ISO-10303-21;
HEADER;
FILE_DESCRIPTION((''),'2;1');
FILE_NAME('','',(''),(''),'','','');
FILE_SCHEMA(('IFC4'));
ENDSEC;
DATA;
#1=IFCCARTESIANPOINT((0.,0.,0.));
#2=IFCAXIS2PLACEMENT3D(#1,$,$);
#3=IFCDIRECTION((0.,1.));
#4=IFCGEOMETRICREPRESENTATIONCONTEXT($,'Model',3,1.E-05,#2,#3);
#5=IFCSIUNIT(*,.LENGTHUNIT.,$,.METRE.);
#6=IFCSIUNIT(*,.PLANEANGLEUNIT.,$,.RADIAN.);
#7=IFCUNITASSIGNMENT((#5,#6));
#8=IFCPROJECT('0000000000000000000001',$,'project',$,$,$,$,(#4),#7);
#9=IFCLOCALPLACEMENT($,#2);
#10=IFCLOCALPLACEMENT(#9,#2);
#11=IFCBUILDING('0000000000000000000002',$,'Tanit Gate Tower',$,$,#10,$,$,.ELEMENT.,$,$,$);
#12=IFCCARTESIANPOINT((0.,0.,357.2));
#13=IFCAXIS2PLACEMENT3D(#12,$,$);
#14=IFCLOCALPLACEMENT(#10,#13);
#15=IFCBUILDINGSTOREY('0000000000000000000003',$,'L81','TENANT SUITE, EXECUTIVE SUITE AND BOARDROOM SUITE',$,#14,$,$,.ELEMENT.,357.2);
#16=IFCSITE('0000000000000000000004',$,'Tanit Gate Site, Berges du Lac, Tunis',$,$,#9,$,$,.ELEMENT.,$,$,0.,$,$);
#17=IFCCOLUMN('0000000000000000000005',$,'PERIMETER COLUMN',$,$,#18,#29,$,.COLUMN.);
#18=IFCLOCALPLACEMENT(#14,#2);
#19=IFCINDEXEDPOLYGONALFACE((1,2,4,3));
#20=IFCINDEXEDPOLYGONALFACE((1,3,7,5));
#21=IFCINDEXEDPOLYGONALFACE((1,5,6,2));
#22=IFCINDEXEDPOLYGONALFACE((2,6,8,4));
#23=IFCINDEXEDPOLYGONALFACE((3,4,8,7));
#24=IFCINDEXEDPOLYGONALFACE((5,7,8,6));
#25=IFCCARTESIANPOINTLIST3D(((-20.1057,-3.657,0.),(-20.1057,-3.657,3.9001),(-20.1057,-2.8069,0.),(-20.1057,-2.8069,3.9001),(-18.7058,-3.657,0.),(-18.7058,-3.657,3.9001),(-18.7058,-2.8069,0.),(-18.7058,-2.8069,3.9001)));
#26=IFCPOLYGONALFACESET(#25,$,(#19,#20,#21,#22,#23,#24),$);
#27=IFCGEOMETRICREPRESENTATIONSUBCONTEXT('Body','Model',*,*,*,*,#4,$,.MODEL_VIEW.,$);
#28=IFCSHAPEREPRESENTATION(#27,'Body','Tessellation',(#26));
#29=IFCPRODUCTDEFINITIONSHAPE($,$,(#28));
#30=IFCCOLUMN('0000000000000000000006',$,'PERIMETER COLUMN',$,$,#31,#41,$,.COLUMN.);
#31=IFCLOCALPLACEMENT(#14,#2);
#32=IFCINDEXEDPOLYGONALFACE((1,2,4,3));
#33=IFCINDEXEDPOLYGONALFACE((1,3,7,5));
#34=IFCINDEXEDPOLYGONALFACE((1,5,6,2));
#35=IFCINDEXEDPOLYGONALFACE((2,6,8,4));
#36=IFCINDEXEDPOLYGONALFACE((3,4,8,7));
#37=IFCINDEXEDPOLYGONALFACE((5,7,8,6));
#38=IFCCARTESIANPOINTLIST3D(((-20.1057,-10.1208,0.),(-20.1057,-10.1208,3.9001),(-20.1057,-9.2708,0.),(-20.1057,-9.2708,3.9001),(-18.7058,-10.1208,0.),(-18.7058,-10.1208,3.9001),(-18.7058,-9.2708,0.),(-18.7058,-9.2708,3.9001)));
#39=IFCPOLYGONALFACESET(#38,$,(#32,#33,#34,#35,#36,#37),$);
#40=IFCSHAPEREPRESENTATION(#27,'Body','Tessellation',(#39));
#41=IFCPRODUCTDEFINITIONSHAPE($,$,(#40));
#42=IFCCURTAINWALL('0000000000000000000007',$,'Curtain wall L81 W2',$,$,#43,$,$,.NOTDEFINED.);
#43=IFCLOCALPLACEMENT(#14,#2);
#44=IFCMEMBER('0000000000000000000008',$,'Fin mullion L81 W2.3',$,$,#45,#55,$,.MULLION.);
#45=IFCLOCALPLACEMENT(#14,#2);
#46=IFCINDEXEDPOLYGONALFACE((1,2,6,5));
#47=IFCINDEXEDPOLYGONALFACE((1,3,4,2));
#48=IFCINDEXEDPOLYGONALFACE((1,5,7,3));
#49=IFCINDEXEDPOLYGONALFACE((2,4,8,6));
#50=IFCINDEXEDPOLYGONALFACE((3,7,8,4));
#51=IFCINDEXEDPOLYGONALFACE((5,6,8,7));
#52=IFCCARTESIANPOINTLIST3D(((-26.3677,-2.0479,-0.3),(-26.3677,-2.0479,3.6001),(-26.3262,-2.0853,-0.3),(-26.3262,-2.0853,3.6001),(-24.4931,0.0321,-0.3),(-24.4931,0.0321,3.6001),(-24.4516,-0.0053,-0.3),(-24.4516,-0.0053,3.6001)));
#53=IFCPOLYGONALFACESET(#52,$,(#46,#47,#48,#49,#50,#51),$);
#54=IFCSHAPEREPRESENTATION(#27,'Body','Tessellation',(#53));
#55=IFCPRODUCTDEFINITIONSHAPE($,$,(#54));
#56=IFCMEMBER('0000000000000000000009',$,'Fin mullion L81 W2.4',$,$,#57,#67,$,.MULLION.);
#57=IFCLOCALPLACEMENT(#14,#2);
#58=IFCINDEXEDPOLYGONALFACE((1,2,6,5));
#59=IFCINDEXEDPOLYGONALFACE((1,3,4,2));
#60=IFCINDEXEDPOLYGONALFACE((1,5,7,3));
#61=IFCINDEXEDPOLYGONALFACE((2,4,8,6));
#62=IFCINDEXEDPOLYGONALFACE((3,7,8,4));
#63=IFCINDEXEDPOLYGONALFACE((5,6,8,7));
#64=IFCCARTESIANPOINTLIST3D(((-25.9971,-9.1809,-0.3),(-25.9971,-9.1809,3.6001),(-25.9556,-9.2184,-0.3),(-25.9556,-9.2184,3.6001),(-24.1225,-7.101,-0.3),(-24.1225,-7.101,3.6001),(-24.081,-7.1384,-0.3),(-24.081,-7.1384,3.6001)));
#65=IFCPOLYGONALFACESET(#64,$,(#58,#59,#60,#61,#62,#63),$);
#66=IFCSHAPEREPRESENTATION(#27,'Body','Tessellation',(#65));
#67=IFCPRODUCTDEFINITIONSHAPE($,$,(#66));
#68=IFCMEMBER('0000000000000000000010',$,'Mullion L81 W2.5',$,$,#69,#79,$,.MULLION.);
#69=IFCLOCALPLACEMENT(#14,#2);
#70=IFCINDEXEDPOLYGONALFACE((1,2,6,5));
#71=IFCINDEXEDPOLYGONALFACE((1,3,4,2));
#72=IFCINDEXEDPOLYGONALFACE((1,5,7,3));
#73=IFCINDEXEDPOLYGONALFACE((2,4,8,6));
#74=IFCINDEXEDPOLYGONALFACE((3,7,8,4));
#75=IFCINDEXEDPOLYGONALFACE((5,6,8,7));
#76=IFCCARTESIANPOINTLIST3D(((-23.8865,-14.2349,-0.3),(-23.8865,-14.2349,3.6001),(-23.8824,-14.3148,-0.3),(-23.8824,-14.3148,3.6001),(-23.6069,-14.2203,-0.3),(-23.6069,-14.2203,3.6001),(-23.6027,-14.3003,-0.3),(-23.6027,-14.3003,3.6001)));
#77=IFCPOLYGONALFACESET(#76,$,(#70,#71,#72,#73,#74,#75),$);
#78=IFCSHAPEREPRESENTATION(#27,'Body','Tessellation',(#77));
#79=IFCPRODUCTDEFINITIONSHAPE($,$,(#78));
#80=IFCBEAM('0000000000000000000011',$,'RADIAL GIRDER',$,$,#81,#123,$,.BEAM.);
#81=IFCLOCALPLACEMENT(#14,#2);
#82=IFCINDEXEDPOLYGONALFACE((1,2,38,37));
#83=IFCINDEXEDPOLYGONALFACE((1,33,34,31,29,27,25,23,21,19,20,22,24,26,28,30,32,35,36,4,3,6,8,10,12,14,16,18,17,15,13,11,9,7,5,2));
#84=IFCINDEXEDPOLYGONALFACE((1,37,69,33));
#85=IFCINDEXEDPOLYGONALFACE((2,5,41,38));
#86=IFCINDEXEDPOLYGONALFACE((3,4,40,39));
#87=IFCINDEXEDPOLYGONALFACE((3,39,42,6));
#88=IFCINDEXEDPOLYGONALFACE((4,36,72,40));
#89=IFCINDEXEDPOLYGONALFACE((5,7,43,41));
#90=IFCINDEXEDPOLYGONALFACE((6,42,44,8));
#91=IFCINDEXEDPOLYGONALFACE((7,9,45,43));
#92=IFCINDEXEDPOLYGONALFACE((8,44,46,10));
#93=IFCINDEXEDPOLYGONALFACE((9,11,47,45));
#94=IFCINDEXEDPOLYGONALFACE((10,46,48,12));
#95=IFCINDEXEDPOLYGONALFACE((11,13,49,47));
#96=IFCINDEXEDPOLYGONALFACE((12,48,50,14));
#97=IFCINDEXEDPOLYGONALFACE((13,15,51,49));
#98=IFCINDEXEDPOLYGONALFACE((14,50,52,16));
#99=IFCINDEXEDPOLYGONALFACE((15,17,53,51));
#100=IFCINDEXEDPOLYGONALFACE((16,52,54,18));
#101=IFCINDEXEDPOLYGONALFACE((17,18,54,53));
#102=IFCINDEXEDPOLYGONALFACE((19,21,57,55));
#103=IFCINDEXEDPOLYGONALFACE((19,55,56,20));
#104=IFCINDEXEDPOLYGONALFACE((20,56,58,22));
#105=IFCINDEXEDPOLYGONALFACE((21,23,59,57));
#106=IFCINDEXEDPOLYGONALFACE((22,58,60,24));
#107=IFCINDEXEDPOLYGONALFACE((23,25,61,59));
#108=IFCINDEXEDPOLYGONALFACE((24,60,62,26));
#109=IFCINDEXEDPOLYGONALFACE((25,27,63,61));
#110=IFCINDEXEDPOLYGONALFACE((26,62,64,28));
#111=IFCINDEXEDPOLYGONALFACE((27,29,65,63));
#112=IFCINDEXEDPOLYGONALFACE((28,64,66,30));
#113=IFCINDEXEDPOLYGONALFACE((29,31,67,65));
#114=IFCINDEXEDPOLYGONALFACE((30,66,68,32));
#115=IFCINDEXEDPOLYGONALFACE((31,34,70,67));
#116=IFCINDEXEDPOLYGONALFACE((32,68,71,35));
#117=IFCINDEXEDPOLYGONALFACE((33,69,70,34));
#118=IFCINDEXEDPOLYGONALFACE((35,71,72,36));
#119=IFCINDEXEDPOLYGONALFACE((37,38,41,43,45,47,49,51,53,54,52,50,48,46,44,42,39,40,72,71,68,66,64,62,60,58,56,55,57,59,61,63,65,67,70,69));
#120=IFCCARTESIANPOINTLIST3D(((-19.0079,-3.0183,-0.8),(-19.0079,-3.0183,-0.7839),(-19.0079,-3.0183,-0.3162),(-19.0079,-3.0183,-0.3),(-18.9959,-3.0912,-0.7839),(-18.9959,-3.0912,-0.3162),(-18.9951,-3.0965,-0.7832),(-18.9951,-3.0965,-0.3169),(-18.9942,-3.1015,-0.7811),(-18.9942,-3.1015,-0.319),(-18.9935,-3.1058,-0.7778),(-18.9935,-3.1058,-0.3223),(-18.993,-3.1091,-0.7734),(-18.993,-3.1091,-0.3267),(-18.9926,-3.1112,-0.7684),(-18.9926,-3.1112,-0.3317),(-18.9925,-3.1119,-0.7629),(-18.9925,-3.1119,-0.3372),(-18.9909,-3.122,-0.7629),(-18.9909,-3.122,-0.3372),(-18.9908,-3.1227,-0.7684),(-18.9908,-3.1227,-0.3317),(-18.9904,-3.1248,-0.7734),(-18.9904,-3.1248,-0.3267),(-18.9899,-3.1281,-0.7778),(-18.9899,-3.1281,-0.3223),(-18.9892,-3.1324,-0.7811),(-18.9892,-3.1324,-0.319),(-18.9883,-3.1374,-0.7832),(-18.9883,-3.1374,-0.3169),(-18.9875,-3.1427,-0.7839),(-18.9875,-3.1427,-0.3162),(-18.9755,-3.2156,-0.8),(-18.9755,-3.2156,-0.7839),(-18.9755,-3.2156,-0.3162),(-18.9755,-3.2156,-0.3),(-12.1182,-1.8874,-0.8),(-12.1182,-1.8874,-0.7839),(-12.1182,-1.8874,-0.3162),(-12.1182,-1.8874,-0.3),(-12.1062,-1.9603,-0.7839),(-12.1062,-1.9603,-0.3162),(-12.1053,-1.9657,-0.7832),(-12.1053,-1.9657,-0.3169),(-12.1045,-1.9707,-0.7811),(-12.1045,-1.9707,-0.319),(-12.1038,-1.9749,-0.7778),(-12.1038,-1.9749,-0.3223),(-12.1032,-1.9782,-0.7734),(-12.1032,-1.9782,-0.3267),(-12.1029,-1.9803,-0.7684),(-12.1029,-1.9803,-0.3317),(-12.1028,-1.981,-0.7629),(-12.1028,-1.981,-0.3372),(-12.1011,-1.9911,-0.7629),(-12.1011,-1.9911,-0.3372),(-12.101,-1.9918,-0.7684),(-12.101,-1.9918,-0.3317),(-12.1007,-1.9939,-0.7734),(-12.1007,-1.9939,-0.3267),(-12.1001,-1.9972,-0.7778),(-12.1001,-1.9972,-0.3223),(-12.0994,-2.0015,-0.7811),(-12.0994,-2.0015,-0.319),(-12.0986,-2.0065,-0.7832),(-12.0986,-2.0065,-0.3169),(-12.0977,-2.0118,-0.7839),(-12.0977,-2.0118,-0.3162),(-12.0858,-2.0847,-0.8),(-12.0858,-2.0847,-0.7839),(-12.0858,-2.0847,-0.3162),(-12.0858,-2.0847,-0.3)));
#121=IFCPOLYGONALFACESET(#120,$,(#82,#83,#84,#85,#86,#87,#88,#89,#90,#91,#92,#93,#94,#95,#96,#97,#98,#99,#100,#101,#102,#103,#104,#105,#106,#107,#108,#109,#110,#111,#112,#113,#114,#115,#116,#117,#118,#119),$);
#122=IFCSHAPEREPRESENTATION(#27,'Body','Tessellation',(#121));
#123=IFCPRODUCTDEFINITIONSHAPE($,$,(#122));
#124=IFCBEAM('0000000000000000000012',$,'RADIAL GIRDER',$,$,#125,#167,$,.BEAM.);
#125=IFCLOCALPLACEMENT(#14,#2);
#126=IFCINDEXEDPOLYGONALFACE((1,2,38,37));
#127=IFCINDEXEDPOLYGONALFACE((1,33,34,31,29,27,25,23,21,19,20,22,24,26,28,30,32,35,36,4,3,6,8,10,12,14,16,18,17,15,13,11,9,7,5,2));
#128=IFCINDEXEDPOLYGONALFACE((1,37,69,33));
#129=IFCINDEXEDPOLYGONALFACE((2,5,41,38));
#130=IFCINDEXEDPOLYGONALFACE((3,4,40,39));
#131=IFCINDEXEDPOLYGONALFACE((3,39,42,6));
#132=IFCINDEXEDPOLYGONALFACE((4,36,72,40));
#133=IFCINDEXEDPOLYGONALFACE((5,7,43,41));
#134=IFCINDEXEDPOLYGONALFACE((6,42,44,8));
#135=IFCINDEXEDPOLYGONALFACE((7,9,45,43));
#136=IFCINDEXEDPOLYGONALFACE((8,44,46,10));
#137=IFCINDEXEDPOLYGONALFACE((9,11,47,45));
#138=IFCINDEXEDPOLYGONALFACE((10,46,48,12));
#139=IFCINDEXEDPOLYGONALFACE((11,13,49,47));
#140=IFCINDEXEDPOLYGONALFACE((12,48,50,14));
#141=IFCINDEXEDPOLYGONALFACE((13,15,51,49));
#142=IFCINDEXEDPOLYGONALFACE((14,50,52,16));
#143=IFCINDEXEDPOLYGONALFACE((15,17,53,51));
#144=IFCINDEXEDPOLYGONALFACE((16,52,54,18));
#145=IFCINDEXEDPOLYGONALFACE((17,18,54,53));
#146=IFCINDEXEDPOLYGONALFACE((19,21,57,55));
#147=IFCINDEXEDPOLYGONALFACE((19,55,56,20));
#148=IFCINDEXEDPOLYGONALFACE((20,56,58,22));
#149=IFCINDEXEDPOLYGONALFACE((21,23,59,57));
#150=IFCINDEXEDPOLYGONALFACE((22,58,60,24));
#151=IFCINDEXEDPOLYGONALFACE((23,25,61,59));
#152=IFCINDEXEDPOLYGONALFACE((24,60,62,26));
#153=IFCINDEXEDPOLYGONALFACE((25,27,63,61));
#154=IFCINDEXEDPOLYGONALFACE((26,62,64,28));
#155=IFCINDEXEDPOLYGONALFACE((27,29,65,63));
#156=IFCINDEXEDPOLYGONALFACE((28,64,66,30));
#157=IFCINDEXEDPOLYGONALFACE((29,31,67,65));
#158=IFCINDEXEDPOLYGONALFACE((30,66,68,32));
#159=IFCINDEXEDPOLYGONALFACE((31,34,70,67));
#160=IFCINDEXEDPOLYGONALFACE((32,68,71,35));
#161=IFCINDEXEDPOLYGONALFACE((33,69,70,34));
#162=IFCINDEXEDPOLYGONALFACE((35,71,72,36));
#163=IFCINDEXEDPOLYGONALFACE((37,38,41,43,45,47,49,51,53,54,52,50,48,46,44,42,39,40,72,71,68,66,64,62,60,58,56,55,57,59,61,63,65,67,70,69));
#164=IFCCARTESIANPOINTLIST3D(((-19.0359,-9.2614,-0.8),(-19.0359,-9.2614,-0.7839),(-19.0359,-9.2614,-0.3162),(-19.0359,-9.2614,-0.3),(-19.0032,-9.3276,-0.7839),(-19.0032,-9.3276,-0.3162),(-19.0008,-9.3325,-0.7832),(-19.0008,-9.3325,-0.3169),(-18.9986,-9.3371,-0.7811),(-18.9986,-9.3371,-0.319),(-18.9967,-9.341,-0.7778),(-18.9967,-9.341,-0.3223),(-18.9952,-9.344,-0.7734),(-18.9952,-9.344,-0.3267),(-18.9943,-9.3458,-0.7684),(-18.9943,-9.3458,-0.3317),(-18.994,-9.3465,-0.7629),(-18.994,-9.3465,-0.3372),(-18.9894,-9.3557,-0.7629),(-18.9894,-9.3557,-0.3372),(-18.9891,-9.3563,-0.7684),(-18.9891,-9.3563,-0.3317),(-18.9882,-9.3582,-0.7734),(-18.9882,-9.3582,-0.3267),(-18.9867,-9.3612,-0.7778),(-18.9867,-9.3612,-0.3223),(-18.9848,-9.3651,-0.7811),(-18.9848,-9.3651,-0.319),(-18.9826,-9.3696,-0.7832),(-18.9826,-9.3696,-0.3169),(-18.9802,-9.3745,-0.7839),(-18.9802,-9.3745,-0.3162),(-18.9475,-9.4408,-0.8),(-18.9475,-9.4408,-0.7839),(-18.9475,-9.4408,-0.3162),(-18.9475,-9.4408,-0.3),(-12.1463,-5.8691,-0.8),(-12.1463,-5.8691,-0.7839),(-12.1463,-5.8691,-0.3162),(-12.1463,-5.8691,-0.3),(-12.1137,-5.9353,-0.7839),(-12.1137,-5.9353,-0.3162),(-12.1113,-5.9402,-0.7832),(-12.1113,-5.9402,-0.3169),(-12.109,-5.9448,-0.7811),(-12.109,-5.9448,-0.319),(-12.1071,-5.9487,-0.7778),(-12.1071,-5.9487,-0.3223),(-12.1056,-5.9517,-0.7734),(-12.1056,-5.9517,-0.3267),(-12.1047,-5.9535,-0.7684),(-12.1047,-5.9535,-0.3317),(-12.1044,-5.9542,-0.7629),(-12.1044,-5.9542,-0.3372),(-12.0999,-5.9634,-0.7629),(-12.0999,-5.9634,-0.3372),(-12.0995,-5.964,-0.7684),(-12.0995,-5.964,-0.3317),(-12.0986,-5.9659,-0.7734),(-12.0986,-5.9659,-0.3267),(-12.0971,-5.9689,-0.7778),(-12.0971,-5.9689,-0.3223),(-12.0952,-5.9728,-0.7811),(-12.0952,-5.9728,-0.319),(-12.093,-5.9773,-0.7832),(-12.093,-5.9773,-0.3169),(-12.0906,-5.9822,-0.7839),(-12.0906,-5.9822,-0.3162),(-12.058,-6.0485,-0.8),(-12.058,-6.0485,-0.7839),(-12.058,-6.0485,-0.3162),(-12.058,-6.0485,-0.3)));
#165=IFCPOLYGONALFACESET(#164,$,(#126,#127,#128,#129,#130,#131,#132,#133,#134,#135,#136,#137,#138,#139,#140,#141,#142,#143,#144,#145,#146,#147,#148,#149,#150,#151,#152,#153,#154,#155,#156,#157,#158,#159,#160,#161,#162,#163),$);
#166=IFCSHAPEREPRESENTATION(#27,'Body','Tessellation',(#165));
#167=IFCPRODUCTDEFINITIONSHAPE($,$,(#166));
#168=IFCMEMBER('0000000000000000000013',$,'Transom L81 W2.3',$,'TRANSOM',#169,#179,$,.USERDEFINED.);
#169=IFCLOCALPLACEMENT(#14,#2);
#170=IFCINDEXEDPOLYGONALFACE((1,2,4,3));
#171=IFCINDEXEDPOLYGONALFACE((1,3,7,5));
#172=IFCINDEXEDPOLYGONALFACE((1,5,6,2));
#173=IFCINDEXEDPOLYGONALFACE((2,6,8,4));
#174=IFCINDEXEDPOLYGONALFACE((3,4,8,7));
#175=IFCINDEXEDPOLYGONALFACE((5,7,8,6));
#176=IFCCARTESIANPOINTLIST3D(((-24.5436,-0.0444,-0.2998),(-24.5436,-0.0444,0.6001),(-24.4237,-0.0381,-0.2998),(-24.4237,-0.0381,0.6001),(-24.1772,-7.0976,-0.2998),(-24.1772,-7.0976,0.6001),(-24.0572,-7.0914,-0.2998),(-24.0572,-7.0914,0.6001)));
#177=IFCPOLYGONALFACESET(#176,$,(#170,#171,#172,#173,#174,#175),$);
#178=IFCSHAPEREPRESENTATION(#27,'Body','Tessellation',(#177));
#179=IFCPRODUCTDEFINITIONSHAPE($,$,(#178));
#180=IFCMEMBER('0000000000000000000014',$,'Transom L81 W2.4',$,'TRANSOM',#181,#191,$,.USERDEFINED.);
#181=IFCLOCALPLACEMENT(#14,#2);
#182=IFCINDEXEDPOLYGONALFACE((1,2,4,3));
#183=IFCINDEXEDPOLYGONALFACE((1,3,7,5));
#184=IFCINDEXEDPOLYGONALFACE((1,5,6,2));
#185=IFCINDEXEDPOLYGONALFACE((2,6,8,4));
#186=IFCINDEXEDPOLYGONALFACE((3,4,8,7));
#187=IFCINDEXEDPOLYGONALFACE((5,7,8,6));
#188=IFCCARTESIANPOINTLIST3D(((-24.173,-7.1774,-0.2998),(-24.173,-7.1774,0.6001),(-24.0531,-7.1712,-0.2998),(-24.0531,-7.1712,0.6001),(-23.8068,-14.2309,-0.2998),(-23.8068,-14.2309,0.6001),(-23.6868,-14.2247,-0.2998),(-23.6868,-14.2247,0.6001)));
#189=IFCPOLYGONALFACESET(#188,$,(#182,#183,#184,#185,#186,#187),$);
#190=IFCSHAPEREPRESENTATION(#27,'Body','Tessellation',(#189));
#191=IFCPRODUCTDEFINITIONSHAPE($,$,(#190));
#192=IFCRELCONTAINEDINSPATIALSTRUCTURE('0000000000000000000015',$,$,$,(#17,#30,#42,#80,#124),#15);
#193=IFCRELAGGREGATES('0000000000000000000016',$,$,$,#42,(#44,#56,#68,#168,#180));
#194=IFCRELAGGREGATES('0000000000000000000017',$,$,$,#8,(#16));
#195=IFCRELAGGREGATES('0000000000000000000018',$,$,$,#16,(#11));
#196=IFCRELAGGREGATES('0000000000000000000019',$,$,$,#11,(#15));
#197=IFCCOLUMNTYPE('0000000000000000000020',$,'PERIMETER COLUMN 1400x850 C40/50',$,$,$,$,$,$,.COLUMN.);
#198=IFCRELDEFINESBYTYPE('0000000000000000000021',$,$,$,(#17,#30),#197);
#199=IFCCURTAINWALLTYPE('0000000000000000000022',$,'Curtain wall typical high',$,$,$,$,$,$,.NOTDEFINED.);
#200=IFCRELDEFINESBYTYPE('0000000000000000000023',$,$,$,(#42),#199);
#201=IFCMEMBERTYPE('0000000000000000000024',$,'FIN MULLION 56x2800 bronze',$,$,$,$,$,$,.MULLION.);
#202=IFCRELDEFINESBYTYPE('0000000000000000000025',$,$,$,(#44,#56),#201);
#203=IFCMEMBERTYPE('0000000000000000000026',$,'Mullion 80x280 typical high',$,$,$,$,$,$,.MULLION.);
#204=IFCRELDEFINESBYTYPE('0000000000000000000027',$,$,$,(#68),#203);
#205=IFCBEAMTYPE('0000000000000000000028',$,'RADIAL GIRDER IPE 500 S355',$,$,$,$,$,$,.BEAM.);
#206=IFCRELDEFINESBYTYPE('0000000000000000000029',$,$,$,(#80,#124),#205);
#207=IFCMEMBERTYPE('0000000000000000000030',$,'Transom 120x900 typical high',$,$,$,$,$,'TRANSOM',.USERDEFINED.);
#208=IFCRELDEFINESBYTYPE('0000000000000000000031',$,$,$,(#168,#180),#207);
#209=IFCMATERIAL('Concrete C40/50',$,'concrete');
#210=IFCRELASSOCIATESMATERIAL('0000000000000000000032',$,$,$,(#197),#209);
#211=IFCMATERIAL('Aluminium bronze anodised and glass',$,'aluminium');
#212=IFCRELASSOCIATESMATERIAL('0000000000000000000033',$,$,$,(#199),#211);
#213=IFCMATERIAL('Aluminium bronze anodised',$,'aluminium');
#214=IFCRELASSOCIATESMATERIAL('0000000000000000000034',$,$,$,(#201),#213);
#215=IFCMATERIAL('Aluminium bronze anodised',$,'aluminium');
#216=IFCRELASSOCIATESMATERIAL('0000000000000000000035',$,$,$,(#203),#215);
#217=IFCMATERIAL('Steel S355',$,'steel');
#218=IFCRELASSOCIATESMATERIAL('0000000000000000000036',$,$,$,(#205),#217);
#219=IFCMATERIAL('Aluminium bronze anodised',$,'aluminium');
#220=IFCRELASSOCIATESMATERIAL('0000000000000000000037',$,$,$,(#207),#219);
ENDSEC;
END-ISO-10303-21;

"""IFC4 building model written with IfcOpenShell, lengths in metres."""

from ifc_helpers import new_model, si_unit, direction, frame, origin, origin_2d, place, context, subcontext, project, spatial, rectangle, i_section, extrude, material, material_profile, profile_set, type_object, element, aggregate, save


model = new_model("IFC4")

# Units and contexts
model_context = context("Model", 3, precision=1e-05, world=origin(), true_north=direction((0.0, 1.0)))
body_context = subcontext(model_context, "Body", "Model", "MODEL_VIEW")
ifc_project = project(units=[si_unit("LENGTHUNIT", "METRE"), si_unit("PLANEANGLEUNIT", "RADIAN")], contexts=[model_context])

# Site, building, storey
site_placement = place(None, origin())
site = spatial("IfcSite", under=ifc_project, at=site_placement, Name="Tanit Gate Site, Berges du Lac, Tunis", CompositionType="ELEMENT", RefElevation=0.0)
building_placement = place(site_placement, origin())
building = spatial("IfcBuilding", under=site, at=building_placement, Name="Tanit Gate Tower", CompositionType="ELEMENT")
storey_placement = place(building_placement, frame((0.0, 0.0, 357.2)))
storey = spatial("IfcBuildingStorey", under=building, at=storey_placement, Name="L81", Description="TENANT SUITE, EXECUTIVE SUITE AND BOARDROOM SUITE", CompositionType="ELEMENT", Elevation=357.2)

# Columns
ifc_material_1 = material(Name="Concrete C40/50", Category="concrete")
ifc_material_profile_1 = material_profile(ifc_material_1, rectangle(XDim=1.3999, YDim=0.8501, at=origin_2d()), Name="RC 1400x850")
ifc_profile_set_1 = profile_set([ifc_material_profile_1], Name="Concrete C40/50")
column_type = type_object("IfcColumnType", Name="PERIMETER COLUMN 1400x850 C40/50", PredefinedType="COLUMN", material=ifc_profile_set_1)
for number, where, z_axis, x_axis, name in (
    (1, (-19.4058, -3.2319, 0.0), (0.0, 0.0, 1.0), (-1.0, 0.0, 0.0), "PERIMETER COLUMN"),
    (2, (-19.4058, -9.6958, 0.0), (0.0, 0.0, 1.0), (-1.0, 0.0, 0.0), "PERIMETER COLUMN"),
):
    element("IfcColumn", number, at=place(storey_placement, frame(where, z_axis=z_axis, x_axis=x_axis)), inside=storey, type_object=column_type, Name=name, PredefinedType="COLUMN", context=body_context, shape_type="SweptSolid", body=[
        extrude(rectangle(XDim=1.3999, YDim=0.8501, at=origin_2d()), origin(), (0.0, 0.0, 1.0), 3.9001),
    ])

# Curtain wall, members
ifc_material_2 = material(Name="Aluminium bronze anodised and glass", Category="aluminium")
curtain_wall_type = type_object("IfcCurtainWallType", Name="Curtain wall typical high", PredefinedType="NOTDEFINED", material=ifc_material_2)
curtain_wall_1_placement = place(storey_placement, origin())
curtain_wall_1 = element("IfcCurtainWall", 3, at=curtain_wall_1_placement, inside=storey, type_object=curtain_wall_type, Name="Curtain wall L81 W2", PredefinedType="NOTDEFINED")
ifc_material_3 = material(Name="Aluminium bronze anodised", Category="aluminium")
ifc_material_profile_2 = material_profile(ifc_material_3, rectangle(XDim=2.8, YDim=0.0559, at=origin_2d()), Name="56x2800 bronze fin mullion")
ifc_profile_set_2 = profile_set([ifc_material_profile_2], Name="Aluminium bronze anodised")
member_type_1 = type_object("IfcMemberType", Name="FIN MULLION 56x2800 bronze", PredefinedType="MULLION", material=ifc_profile_set_2)
member_1_placement = place(storey_placement, frame((-25.4097, -1.0266, -0.3), z_axis=(0.0, 0.0, 1.0), x_axis=(0.669481, 0.742829, 0.0)))
member_1 = element("IfcMember", 4, at=member_1_placement, type_object=member_type_1, Name="Fin mullion L81 W2.3", PredefinedType="MULLION", context=body_context, shape_type="SweptSolid", body=[
    extrude(rectangle(XDim=2.8, YDim=0.0559, at=origin_2d()), origin(), (0.0, 0.0, 1.0), 3.9001),
])
member_2_placement = place(storey_placement, frame((-25.0391, -8.1597, -0.3), z_axis=(0.0, 0.0, 1.0), x_axis=(0.669481, 0.742829, 0.0)))
member_2 = element("IfcMember", 5, at=member_2_placement, type_object=member_type_1, Name="Fin mullion L81 W2.4", PredefinedType="MULLION", context=body_context, shape_type="SweptSolid", body=[
    extrude(rectangle(XDim=2.8, YDim=0.0559, at=origin_2d()), origin(), (0.0, 0.0, 1.0), 3.9001),
])
ifc_material_4 = material(Name="Aluminium bronze anodised", Category="aluminium")
ifc_material_profile_3 = material_profile(ifc_material_4, rectangle(XDim=0.28, YDim=0.0801, at=origin_2d()), Name="80x280 bronze mullion")
ifc_profile_set_3 = profile_set([ifc_material_profile_3], Name="Aluminium bronze anodised")
member_type_2 = type_object("IfcMemberType", Name="Mullion 80x280 typical high", PredefinedType="MULLION", material=ifc_profile_set_3)
member_3_placement = place(storey_placement, frame((-23.7446, -14.2676, -0.3), z_axis=(0.0, 0.0, 1.0), x_axis=(0.998654, 0.051865, 0.0)))
member_3 = element("IfcMember", 6, at=member_3_placement, type_object=member_type_2, Name="Mullion L81 W2.5", PredefinedType="MULLION", context=body_context, shape_type="SweptSolid", body=[
    extrude(rectangle(XDim=0.28, YDim=0.0801, at=origin_2d()), origin(), (0.0, 0.0, 1.0), 3.9001),
])

# Beams
ifc_material_5 = material(Name="Steel S355", Category="steel")
ifc_material_profile_4 = material_profile(ifc_material_5, i_section(OverallWidth=0.2, OverallDepth=0.5, WebThickness=0.0103, FlangeThickness=0.0161, FilletRadius=0.021, at=origin_2d()), Name="IPE 500")
ifc_profile_set_4 = profile_set([ifc_material_profile_4], Name="Steel S355")
beam_type = type_object("IfcBeamType", Name="RADIAL GIRDER IPE 500 S355", PredefinedType="BEAM", material=ifc_profile_set_4)
beam_1_placement = place(storey_placement, frame((-18.9917, -3.1169, -0.55), z_axis=(0.986795, 0.161972, 0.0), x_axis=(-0.161972, 0.986795, 0.0)))
element("IfcBeam", 7, at=beam_1_placement, inside=storey, type_object=beam_type, Name="RADIAL GIRDER", PredefinedType="BEAM", context=body_context, shape_type="SweptSolid", body=[
    extrude(i_section(OverallWidth=0.2, OverallDepth=0.5, WebThickness=0.0103, FlangeThickness=0.0161, FilletRadius=0.021, at=origin_2d()), origin(), (0.0, 0.0, 1.0), 6.9819),
])
beam_2_placement = place(storey_placement, frame((-18.9917, -9.3511, -0.55), z_axis=(0.897145, 0.441737, 0.0), x_axis=(-0.441737, 0.897145, 0.0)))
element("IfcBeam", 8, at=beam_2_placement, inside=storey, type_object=beam_type, Name="RADIAL GIRDER", PredefinedType="BEAM", context=body_context, shape_type="SweptSolid", body=[
    extrude(i_section(OverallWidth=0.2, OverallDepth=0.5, WebThickness=0.0103, FlangeThickness=0.0161, FilletRadius=0.021, at=origin_2d()), origin(), (0.0, 0.0, 1.0), 7.6794),
])

# Members
ifc_material_6 = material(Name="Aluminium bronze anodised", Category="aluminium")
ifc_material_profile_5 = material_profile(ifc_material_6, rectangle(XDim=0.1201, YDim=0.8999, at=origin_2d()), Name="120x900 bronze transom")
ifc_profile_set_5 = profile_set([ifc_material_profile_5], Name="Aluminium bronze anodised")
member_type_3 = type_object("IfcMemberType", Name="Transom 120x900 typical high", ElementType="TRANSOM", PredefinedType="USERDEFINED", material=ifc_profile_set_5)
member_4_placement = place(storey_placement, frame((-24.4836, -0.0413, 0.1501), z_axis=(0.051886, -0.998653, 0.0), x_axis=(0.998653, 0.051886, 0.0)))
member_4 = element("IfcMember", 9, at=member_4_placement, type_object=member_type_3, Name="Transom L81 W2.3", ObjectType="TRANSOM", PredefinedType="USERDEFINED", context=body_context, shape_type="SweptSolid", body=[
    extrude(rectangle(XDim=0.1201, YDim=0.8999, at=origin_2d()), origin(), (0.0, 0.0, 1.0), 7.0627),
])
member_5_placement = place(storey_placement, frame((-24.113, -7.1743, 0.1501), z_axis=(0.051849, -0.998655, 0.0), x_axis=(0.998655, 0.051849, 0.0)))
member_5 = element("IfcMember", 10, at=member_5_placement, type_object=member_type_3, Name="Transom L81 W2.4", ObjectType="TRANSOM", PredefinedType="USERDEFINED", context=body_context, shape_type="SweptSolid", body=[
    extrude(rectangle(XDim=0.1201, YDim=0.8999, at=origin_2d()), origin(), (0.0, 0.0, 1.0), 7.063),
])

aggregate(curtain_wall_1, [member_1, member_2, member_3, member_4, member_5])

save(model, "model.ifc")
